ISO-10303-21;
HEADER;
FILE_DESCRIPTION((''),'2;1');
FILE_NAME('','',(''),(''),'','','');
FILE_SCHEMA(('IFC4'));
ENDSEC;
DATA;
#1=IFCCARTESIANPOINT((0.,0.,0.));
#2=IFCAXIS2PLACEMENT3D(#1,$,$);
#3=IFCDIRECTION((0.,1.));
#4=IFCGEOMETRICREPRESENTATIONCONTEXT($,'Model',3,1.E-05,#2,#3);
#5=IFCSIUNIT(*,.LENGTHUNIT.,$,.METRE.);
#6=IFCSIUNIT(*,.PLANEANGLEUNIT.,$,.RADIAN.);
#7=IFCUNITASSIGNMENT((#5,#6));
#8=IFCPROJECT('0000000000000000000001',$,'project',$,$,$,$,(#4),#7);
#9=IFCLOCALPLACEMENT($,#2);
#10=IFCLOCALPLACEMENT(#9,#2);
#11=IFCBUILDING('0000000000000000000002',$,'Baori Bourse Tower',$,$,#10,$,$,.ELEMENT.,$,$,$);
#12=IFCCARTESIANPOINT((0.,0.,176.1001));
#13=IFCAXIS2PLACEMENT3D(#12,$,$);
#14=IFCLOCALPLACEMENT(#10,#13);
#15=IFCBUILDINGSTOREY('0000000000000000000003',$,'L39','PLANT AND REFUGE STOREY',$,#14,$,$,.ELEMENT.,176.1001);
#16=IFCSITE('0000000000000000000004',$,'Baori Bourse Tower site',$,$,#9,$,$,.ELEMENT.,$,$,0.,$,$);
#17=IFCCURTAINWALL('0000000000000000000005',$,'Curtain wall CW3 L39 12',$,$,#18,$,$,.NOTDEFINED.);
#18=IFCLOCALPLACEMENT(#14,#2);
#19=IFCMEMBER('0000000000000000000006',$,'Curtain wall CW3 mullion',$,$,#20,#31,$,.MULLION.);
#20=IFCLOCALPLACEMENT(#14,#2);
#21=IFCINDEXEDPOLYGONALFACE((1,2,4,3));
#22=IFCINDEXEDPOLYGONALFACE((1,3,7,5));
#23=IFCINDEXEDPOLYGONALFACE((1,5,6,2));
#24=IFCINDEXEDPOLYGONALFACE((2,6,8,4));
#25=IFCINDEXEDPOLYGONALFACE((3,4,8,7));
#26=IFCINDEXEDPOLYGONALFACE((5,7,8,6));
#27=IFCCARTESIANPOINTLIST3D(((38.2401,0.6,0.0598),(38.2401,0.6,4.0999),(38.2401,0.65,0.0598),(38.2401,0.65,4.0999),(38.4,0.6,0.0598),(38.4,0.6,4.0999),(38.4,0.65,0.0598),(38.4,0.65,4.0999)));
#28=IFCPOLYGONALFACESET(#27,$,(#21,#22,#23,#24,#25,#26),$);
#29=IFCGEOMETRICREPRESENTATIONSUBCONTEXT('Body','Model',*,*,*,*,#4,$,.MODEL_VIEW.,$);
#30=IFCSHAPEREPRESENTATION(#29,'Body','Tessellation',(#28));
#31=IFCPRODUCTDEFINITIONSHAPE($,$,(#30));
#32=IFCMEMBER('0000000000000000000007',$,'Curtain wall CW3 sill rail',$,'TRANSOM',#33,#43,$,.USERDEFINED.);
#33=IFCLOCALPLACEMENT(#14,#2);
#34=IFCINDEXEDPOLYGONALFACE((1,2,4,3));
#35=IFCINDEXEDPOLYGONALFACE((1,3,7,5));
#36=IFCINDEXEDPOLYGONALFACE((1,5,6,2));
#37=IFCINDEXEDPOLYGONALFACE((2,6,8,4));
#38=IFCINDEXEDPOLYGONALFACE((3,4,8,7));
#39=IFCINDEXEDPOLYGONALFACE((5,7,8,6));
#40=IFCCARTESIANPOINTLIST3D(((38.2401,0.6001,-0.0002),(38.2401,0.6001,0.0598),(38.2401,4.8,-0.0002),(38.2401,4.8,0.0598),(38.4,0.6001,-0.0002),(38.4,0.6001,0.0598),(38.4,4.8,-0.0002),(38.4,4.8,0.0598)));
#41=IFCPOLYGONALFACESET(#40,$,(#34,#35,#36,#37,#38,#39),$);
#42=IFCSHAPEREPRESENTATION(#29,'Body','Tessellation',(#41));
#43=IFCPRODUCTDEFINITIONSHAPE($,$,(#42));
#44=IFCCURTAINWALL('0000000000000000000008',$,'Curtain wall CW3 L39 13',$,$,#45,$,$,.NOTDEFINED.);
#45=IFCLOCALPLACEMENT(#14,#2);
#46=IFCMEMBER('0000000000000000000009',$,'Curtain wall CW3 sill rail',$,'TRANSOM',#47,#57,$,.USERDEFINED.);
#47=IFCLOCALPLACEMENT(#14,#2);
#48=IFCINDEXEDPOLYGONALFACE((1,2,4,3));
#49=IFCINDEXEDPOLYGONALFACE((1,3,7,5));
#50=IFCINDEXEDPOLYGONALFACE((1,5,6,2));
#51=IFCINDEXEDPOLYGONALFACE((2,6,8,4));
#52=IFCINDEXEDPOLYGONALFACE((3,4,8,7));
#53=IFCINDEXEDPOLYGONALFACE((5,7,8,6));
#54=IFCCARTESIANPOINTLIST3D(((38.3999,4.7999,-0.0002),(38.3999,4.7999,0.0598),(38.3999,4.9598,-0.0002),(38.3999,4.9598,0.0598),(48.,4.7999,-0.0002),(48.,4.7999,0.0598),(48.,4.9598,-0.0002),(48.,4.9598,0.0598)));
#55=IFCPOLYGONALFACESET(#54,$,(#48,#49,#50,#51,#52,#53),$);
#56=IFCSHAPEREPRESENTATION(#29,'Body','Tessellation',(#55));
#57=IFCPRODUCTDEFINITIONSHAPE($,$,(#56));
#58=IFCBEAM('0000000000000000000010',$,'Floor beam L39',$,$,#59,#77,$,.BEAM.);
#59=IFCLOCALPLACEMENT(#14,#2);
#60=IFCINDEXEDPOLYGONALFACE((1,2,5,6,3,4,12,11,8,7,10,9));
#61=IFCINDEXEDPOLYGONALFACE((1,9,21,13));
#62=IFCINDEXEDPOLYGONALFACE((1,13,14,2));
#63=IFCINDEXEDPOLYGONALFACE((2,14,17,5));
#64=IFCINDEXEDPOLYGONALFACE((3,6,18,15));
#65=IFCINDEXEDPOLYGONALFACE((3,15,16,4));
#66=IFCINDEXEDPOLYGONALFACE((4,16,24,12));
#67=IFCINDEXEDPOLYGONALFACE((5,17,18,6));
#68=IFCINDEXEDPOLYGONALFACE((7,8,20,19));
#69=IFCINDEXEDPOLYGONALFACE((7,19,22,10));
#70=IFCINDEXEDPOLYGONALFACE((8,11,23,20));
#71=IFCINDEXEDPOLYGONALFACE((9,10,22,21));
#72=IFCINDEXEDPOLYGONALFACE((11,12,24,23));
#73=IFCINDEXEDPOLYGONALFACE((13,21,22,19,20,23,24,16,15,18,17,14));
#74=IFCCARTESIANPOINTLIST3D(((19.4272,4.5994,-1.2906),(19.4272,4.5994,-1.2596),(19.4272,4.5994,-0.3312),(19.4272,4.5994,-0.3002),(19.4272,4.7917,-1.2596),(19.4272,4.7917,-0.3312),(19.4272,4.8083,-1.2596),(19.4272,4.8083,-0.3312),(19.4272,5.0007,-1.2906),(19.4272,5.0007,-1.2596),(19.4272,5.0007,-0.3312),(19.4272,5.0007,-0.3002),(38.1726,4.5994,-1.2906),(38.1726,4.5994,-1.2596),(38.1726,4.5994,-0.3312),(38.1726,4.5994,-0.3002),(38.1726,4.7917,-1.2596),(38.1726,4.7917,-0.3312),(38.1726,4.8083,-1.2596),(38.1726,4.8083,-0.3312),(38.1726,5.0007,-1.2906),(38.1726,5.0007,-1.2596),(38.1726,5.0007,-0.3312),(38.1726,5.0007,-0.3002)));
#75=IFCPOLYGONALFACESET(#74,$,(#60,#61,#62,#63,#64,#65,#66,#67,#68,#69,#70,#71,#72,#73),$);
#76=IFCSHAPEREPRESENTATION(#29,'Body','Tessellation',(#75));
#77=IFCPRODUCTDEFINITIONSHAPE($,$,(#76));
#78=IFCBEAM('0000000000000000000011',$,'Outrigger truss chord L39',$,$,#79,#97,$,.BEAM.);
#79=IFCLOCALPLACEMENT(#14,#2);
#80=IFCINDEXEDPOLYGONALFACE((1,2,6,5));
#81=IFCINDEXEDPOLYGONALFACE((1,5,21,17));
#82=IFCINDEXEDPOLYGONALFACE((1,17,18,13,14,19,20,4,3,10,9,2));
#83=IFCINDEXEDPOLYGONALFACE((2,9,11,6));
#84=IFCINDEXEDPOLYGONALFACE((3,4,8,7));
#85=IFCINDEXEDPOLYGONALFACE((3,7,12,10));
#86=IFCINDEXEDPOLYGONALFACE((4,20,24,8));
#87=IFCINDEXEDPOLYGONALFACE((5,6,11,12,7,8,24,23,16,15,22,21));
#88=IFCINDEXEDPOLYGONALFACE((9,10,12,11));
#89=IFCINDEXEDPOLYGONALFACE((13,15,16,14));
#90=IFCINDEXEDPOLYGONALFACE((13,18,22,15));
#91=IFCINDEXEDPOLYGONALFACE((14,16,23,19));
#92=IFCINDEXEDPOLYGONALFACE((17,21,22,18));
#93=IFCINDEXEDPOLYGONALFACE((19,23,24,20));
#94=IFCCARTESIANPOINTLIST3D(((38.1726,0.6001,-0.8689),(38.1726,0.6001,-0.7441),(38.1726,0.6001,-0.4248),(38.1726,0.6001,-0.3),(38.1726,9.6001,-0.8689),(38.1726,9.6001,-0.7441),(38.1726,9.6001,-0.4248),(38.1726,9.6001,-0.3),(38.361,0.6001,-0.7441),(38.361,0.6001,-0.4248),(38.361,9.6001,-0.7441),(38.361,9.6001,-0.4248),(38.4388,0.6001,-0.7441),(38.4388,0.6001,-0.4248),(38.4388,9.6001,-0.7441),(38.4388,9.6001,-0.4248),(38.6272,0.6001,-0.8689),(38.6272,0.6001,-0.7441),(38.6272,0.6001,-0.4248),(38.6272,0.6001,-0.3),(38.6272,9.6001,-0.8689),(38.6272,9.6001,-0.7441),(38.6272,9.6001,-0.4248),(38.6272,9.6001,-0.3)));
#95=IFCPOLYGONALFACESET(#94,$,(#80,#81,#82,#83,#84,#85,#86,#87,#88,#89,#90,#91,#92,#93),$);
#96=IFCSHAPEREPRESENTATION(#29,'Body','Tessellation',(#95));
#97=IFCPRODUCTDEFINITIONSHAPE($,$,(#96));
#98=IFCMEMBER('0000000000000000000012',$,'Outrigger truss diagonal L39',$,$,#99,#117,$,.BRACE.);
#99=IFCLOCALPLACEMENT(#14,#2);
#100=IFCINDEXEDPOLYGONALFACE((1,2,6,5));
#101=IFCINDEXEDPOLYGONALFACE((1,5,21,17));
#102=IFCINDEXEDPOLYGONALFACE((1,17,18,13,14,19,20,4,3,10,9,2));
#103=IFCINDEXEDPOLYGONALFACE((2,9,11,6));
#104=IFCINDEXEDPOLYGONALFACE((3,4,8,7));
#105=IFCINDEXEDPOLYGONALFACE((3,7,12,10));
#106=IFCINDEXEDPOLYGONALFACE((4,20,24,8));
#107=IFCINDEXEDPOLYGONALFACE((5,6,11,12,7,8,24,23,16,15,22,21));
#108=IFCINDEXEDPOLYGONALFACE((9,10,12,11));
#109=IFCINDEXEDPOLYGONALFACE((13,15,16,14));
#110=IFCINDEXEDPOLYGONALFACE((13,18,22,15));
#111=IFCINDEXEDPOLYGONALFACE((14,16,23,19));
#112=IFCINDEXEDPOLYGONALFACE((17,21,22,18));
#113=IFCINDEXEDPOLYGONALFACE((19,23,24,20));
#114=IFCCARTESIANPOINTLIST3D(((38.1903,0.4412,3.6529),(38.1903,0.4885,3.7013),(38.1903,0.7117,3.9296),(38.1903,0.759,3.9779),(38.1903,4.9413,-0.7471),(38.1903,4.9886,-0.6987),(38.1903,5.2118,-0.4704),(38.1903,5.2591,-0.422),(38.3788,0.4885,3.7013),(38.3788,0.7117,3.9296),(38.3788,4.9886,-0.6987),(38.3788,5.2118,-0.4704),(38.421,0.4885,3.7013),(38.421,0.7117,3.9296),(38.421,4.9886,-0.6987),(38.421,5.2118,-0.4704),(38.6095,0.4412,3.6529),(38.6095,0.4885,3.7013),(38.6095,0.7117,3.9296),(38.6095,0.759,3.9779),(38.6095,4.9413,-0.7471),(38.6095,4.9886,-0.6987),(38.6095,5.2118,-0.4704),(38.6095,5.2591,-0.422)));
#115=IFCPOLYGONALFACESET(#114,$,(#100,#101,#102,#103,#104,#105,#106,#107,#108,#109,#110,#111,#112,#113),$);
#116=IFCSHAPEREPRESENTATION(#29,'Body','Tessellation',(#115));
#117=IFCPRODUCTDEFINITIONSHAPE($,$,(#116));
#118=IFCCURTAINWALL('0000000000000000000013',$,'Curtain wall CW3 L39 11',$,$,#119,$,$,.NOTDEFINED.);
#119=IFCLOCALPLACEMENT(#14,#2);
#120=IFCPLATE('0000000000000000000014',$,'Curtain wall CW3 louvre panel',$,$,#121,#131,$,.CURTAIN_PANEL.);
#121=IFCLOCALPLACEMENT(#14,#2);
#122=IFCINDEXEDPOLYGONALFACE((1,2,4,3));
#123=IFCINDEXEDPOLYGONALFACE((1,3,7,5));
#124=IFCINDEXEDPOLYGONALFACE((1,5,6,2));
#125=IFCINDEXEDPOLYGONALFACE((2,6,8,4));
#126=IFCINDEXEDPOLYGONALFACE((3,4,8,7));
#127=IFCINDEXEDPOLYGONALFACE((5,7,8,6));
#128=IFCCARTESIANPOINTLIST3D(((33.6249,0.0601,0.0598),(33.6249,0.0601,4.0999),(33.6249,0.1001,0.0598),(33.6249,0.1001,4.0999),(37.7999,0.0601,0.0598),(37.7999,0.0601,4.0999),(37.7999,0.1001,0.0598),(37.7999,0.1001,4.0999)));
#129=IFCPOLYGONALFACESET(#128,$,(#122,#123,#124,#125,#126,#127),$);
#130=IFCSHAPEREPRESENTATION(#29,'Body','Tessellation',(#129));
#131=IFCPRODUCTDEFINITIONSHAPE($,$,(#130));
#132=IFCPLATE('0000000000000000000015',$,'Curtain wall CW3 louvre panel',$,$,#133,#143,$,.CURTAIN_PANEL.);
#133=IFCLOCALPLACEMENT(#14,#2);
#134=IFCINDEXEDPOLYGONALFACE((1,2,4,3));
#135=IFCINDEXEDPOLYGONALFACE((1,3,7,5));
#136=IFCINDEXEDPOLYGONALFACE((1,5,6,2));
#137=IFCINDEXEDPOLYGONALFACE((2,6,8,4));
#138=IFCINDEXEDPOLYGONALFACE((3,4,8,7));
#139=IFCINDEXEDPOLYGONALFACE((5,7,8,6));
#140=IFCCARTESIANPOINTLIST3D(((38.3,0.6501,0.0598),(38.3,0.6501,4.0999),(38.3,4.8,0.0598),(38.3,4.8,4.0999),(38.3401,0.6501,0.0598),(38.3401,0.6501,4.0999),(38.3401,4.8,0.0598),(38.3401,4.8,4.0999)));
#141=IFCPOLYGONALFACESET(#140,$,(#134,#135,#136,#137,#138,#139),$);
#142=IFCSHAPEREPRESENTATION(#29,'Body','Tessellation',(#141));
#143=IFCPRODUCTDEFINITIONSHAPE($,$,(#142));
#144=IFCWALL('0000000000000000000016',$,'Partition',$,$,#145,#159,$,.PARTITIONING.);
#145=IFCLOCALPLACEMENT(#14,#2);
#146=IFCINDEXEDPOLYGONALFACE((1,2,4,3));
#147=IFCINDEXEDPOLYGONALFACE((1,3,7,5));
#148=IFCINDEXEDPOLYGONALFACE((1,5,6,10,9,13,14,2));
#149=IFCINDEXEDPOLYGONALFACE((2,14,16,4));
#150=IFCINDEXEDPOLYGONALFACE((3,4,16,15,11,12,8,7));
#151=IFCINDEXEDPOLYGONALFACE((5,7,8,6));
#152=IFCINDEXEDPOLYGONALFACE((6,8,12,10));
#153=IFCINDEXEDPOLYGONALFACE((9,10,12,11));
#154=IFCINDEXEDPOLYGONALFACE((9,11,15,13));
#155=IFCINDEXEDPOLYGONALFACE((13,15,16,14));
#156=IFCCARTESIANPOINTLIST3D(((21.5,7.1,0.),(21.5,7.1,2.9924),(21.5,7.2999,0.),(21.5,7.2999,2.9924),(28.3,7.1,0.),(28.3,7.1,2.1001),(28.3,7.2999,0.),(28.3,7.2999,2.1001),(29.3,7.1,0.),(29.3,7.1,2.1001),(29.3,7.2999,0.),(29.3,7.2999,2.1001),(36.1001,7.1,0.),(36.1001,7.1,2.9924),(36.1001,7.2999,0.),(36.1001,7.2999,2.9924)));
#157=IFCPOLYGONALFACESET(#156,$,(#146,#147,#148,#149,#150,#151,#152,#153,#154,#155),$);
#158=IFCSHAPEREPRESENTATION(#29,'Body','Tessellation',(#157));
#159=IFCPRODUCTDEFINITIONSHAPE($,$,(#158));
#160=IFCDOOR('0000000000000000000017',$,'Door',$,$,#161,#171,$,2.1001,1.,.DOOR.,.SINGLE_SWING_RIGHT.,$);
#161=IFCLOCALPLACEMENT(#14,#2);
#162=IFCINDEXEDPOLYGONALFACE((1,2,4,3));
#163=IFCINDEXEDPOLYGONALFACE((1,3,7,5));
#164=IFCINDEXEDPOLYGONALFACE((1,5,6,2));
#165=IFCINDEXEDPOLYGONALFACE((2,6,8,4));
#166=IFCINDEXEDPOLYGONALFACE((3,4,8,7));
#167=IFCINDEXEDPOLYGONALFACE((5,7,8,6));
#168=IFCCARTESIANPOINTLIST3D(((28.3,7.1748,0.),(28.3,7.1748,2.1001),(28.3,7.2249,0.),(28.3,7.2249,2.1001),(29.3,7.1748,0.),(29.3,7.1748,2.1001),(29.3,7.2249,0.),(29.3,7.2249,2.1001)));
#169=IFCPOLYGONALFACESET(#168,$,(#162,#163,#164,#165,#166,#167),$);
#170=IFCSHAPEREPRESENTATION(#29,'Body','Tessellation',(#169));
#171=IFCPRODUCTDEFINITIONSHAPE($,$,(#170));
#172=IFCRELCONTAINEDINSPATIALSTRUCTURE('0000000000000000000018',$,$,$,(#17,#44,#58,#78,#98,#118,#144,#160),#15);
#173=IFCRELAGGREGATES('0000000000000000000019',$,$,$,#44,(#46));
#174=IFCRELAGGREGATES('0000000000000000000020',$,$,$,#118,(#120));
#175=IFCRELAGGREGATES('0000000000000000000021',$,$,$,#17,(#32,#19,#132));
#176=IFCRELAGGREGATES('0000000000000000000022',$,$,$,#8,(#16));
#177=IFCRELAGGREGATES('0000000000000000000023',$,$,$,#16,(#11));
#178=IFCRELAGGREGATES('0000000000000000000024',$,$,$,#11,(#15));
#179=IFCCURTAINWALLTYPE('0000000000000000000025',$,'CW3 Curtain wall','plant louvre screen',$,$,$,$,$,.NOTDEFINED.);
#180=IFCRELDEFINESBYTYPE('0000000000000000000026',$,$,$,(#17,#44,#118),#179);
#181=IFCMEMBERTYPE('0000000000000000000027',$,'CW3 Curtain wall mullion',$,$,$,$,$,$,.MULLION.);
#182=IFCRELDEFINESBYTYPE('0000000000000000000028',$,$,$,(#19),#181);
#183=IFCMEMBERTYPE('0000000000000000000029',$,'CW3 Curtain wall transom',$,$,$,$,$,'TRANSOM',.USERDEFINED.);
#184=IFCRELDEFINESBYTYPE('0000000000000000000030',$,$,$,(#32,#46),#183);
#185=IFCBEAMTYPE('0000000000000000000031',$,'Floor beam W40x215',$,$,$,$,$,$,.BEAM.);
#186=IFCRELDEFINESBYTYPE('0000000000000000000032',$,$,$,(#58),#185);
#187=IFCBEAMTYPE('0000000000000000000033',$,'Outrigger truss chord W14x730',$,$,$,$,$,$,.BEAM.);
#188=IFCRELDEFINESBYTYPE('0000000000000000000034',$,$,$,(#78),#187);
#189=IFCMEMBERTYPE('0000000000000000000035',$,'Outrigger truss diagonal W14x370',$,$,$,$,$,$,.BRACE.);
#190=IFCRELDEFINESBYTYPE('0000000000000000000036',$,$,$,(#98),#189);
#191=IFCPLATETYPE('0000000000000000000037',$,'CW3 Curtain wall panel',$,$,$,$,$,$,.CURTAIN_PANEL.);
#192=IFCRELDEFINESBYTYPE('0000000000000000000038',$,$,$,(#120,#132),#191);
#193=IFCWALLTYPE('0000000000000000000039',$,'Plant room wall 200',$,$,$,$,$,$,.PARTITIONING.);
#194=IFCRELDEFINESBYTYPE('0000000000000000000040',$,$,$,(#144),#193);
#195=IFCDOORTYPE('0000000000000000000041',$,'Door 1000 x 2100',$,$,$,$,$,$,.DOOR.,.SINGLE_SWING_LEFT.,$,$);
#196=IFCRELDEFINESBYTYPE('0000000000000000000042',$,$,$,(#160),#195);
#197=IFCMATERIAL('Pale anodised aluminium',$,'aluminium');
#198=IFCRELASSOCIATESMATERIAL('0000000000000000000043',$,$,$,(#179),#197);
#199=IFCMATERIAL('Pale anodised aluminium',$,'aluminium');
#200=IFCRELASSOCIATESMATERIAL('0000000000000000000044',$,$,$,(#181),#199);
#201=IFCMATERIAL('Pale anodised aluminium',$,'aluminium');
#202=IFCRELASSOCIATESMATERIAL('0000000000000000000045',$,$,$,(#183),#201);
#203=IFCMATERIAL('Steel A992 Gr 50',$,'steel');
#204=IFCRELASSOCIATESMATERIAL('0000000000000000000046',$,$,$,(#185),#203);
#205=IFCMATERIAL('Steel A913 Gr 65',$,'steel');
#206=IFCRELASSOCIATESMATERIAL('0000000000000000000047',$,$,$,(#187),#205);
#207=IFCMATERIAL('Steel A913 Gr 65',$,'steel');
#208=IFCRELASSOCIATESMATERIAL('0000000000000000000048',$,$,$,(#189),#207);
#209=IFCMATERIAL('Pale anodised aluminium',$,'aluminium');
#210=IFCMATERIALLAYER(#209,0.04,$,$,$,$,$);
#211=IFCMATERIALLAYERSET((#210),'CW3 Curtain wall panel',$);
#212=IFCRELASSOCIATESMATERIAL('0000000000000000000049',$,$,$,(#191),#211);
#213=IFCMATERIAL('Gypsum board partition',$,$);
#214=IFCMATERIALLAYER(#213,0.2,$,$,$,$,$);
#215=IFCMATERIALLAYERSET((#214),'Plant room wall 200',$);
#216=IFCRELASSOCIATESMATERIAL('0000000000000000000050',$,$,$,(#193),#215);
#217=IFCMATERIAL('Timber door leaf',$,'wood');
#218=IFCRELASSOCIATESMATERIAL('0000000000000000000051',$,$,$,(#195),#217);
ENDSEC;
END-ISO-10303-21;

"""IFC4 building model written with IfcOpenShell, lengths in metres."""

from ifc_helpers import new_model, si_unit, direction, frame, frame_2d, origin, origin_2d, place, context, subcontext, project, spatial, rectangle, i_section, extrude, material, layer, layer_set, material_profile, profile_set, type_object, element, fill, aggregate, save


model = new_model("IFC4")

# Units and contexts
model_context = context("Model", 3, precision=1e-05, world=origin(), true_north=direction((0.0, 1.0)))
body_context = subcontext(model_context, "Body", "Model", "MODEL_VIEW")
ifc_project = project(units=[si_unit("LENGTHUNIT", "METRE"), si_unit("PLANEANGLEUNIT", "RADIAN")], contexts=[model_context])

# Site, building, storey
site_placement = place(None, origin())
site = spatial("IfcSite", under=ifc_project, at=site_placement, Name="Baori Bourse Tower site", CompositionType="ELEMENT", RefElevation=0.0)
building_placement = place(site_placement, origin())
building = spatial("IfcBuilding", under=site, at=building_placement, Name="Baori Bourse Tower", CompositionType="ELEMENT")
storey_placement = place(building_placement, frame((0.0, 0.0, 176.1001)))
storey = spatial("IfcBuildingStorey", under=building, at=storey_placement, Name="L39", Description="PLANT AND REFUGE STOREY", CompositionType="ELEMENT", Elevation=176.1001)

# Curtain wall, members
ifc_material_1 = material(Name="Pale anodised aluminium", Category="aluminium")
curtain_wall_type = type_object("IfcCurtainWallType", Name="CW3 Curtain wall", Description="plant louvre screen", PredefinedType="NOTDEFINED", material=ifc_material_1)
curtain_wall_1_placement = place(storey_placement, origin())
curtain_wall_1 = element("IfcCurtainWall", 1, at=curtain_wall_1_placement, inside=storey, type_object=curtain_wall_type, Name="Curtain wall CW3 L39 12", PredefinedType="NOTDEFINED")
ifc_material_2 = material(Name="Pale anodised aluminium", Category="aluminium")
ifc_material_profile_1 = material_profile(ifc_material_2, rectangle(XDim=0.1599, YDim=0.05, at=origin_2d()), Name="Mullion 50x160")
ifc_profile_set_1 = profile_set([ifc_material_profile_1], Name="Pale anodised aluminium")
member_type_1 = type_object("IfcMemberType", Name="CW3 Curtain wall mullion", PredefinedType="MULLION", material=ifc_profile_set_1)
member_1_placement = place(storey_placement, frame((38.3201, 0.625, 0.0598), z_axis=(0.0, 0.0, 1.0), x_axis=(-1.0, 0.0, 0.0)))
member_1 = element("IfcMember", 2, at=member_1_placement, type_object=member_type_1, Name="Curtain wall CW3 mullion", PredefinedType="MULLION", context=body_context, shape_type="SweptSolid", body=[
    extrude(rectangle(XDim=0.1599, YDim=0.05, at=origin_2d()), origin(), (0.0, 0.0, 1.0), 4.04),
])
ifc_material_3 = material(Name="Pale anodised aluminium", Category="aluminium")
ifc_material_profile_2 = material_profile(ifc_material_3, rectangle(XDim=0.1599, YDim=0.0601, at=origin_2d()), Name="Transom 60x160")
ifc_profile_set_2 = profile_set([ifc_material_profile_2], Name="Pale anodised aluminium")
member_type_2 = type_object("IfcMemberType", Name="CW3 Curtain wall transom", ElementType="TRANSOM", PredefinedType="USERDEFINED", material=ifc_profile_set_2)
member_2_placement = place(storey_placement, frame((38.3201, 0.6001, 0.0298), z_axis=(0.0, 1.0, 0.0), x_axis=(-1.0, 0.0, 0.0)))
member_2 = element("IfcMember", 3, at=member_2_placement, type_object=member_type_2, Name="Curtain wall CW3 sill rail", ObjectType="TRANSOM", PredefinedType="USERDEFINED", context=body_context, shape_type="SweptSolid", body=[
    extrude(rectangle(XDim=0.1599, YDim=0.0601, at=origin_2d()), origin(), (0.0, 0.0, 1.0), 4.2),
])

# Curtain wall, member
curtain_wall_2_placement = place(storey_placement, origin())
curtain_wall_2 = element("IfcCurtainWall", 4, at=curtain_wall_2_placement, inside=storey, type_object=curtain_wall_type, Name="Curtain wall CW3 L39 13", PredefinedType="NOTDEFINED")
member_3_placement = place(storey_placement, frame((38.3999, 4.8799, 0.0298), z_axis=(1.0, 0.0, 0.0), x_axis=(0.0, 1.0, 0.0)))
member_3 = element("IfcMember", 5, at=member_3_placement, type_object=member_type_2, Name="Curtain wall CW3 sill rail", ObjectType="TRANSOM", PredefinedType="USERDEFINED", context=body_context, shape_type="SweptSolid", body=[
    extrude(rectangle(XDim=0.1599, YDim=0.0601, at=origin_2d()), origin(), (0.0, 0.0, 1.0), 9.6001),
])
aggregate(curtain_wall_2, [member_3])

# Beams
ifc_material_4 = material(Name="Steel A992 Gr 50", Category="steel")
ifc_material_profile_3 = material_profile(ifc_material_4, i_section(OverallWidth=0.4014, OverallDepth=0.9905, WebThickness=0.0166, FlangeThickness=0.031, at=origin_2d()), Name="W40x215")
ifc_profile_set_3 = profile_set([ifc_material_profile_3], Name="Steel A992 Gr 50")
beam_type_1 = type_object("IfcBeamType", Name="Floor beam W40x215", PredefinedType="BEAM", material=ifc_profile_set_3)
beam_1_placement = place(storey_placement, frame((19.4272, 4.8, -0.7954), z_axis=(1.0, 0.0, 0.0), x_axis=(0.0, 1.0, 0.0)))
element("IfcBeam", 6, at=beam_1_placement, inside=storey, type_object=beam_type_1, Name="Floor beam L39", PredefinedType="BEAM", context=body_context, shape_type="SweptSolid", body=[
    extrude(i_section(OverallWidth=0.4014, OverallDepth=0.9905, WebThickness=0.0166, FlangeThickness=0.031, at=origin_2d()), origin(), (0.0, 0.0, 1.0), 18.7454),
])
ifc_material_5 = material(Name="Steel A913 Gr 65", Category="steel")
ifc_material_profile_4 = material_profile(ifc_material_5, i_section(OverallWidth=0.4546, OverallDepth=0.5688, WebThickness=0.0779, FlangeThickness=0.1248, at=origin_2d()), Name="W14x730")
ifc_profile_set_4 = profile_set([ifc_material_profile_4], Name="Steel A913 Gr 65")
beam_type_2 = type_object("IfcBeamType", Name="Outrigger truss chord W14x730", PredefinedType="BEAM", material=ifc_profile_set_4)
beam_2_placement = place(storey_placement, frame((38.3999, 0.6001, -0.5845), z_axis=(0.0, 1.0, 0.0), x_axis=(-1.0, 0.0, 0.0)))
element("IfcBeam", 7, at=beam_2_placement, inside=storey, type_object=beam_type_2, Name="Outrigger truss chord L39", PredefinedType="BEAM", context=body_context, shape_type="SweptSolid", body=[
    extrude(i_section(OverallWidth=0.4546, OverallDepth=0.5688, WebThickness=0.0779, FlangeThickness=0.1248, at=origin_2d()), origin(), (0.0, 0.0, 1.0), 9.0),
])

# Member
ifc_material_6 = material(Name="Steel A913 Gr 65", Category="steel")
ifc_material_profile_5 = material_profile(ifc_material_6, i_section(OverallWidth=0.4192, OverallDepth=0.4546, WebThickness=0.0422, FlangeThickness=0.0676, at=origin_2d()), Name="W14x370")
ifc_profile_set_5 = profile_set([ifc_material_profile_5], Name="Steel A913 Gr 65")
member_type_3 = type_object("IfcMemberType", Name="Outrigger truss diagonal W14x370", PredefinedType="BRACE", material=ifc_profile_set_5)
member_4_placement = place(storey_placement, frame((38.3999, 0.6001, 3.8154), z_axis=(0.0, 0.715014, -0.69911), x_axis=(-1.0, 0.0, 0.0)))
element("IfcMember", 8, at=member_4_placement, inside=storey, type_object=member_type_3, Name="Outrigger truss diagonal L39", PredefinedType="BRACE", context=body_context, shape_type="SweptSolid", body=[
    extrude(i_section(OverallWidth=0.4192, OverallDepth=0.4546, WebThickness=0.0422, FlangeThickness=0.0676, at=origin_2d()), origin(), (0.0, 0.0, 1.0), 6.2937),
])

# Curtain wall, plate
curtain_wall_3_placement = place(storey_placement, origin())
curtain_wall_3 = element("IfcCurtainWall", 9, at=curtain_wall_3_placement, inside=storey, type_object=curtain_wall_type, Name="Curtain wall CW3 L39 11", PredefinedType="NOTDEFINED")
ifc_material_7 = material(Name="Pale anodised aluminium", Category="aluminium")
ifc_layer_1 = layer(ifc_material_7, 0.04)
ifc_layer_set_1 = layer_set([ifc_layer_1], Name="CW3 Curtain wall panel")
plate_type = type_object("IfcPlateType", Name="CW3 Curtain wall panel", PredefinedType="CURTAIN_PANEL", material=ifc_layer_set_1)
plate_1_placement = place(storey_placement, frame((35.7124, 0.0801, 0.0598), z_axis=(0.0, 0.0, 1.0), x_axis=(1.0, 0.0, 0.0)))
plate_1 = element("IfcPlate", 10, at=plate_1_placement, type_object=plate_type, Name="Curtain wall CW3 louvre panel", PredefinedType="CURTAIN_PANEL", context=body_context, shape_type="SweptSolid", body=[
    extrude(rectangle(XDim=4.175, YDim=0.04, at=origin_2d()), origin(), (0.0, 0.0, 1.0), 4.04),
])
aggregate(curtain_wall_3, [plate_1])

# Plate
plate_2_placement = place(storey_placement, frame((38.3201, 2.7251, 0.0598), z_axis=(0.0, 0.0, 1.0), x_axis=(0.0, 1.0, 0.0)))
plate_2 = element("IfcPlate", 11, at=plate_2_placement, type_object=plate_type, Name="Curtain wall CW3 louvre panel", PredefinedType="CURTAIN_PANEL", context=body_context, shape_type="SweptSolid", body=[
    extrude(rectangle(XDim=4.1499, YDim=0.04, at=origin_2d()), origin(), (0.0, 0.0, 1.0), 4.04),
])
aggregate(curtain_wall_1, [member_2, member_1, plate_2])

# Wall, opening, door
ifc_material_8 = material(Name="Gypsum board partition")
ifc_layer_2 = layer(ifc_material_8, 0.2)
ifc_layer_set_2 = layer_set([ifc_layer_2], Name="Plant room wall 200")
wall_type = type_object("IfcWallType", Name="Plant room wall 200", PredefinedType="PARTITIONING", material=ifc_layer_set_2)
wall_1_placement = place(storey_placement, frame((21.5, 7.2, 0.0), z_axis=(0.0, 0.0, 1.0), x_axis=(1.0, 0.0, 0.0)))
wall_1 = element("IfcWall", 12, at=wall_1_placement, inside=storey, type_object=wall_type, Name="Partition", PredefinedType="PARTITIONING", context=body_context, shape_type="SweptSolid", body=[
    extrude(rectangle(XDim=14.6001, YDim=0.2, at=frame_2d((7.3, 0.0))), origin(), (0.0, 0.0, 1.0), 2.9924),
])
opening_1_placement = place(wall_1_placement, frame((6.8, 0.0, 0.0)))
opening_1 = element("IfcOpeningElement", 13, at=opening_1_placement, cuts=wall_1, PredefinedType="OPENING", context=body_context, shape_type="SweptSolid", body=[
    extrude(rectangle(XDim=1.0, YDim=2.1001, at=frame_2d((0.5, 1.05))), frame((0.0, 0.1099, 0.0), z_axis=(0.0, -1.0, 0.0), x_axis=(1.0, 0.0, 0.0)), (0.0, 0.0, 1.0), 0.22),
])
ifc_material_9 = material(Name="Timber door leaf", Category="wood")
door_type = type_object("IfcDoorType", Name="Door 1000 x 2100", OperationType="SINGLE_SWING_LEFT", PredefinedType="DOOR", material=ifc_material_9)
door_1_placement = place(opening_1_placement, origin())
door_1 = element("IfcDoor", 14, at=door_1_placement, inside=storey, type_object=door_type, Name="Door", OperationType="SINGLE_SWING_RIGHT", OverallHeight=2.1001, OverallWidth=1.0, PredefinedType="DOOR", context=body_context, shape_type="SweptSolid", body=[
    extrude(rectangle(XDim=1.0, YDim=2.1001, at=frame_2d((0.5, 1.05))), frame((0.0, 0.0249, 0.0), z_axis=(0.0, -1.0, 0.0), x_axis=(1.0, 0.0, 0.0)), (0.0, 0.0, 1.0), 0.05),
])
fill(opening_1, door_1)

save(model, "model.ifc")
